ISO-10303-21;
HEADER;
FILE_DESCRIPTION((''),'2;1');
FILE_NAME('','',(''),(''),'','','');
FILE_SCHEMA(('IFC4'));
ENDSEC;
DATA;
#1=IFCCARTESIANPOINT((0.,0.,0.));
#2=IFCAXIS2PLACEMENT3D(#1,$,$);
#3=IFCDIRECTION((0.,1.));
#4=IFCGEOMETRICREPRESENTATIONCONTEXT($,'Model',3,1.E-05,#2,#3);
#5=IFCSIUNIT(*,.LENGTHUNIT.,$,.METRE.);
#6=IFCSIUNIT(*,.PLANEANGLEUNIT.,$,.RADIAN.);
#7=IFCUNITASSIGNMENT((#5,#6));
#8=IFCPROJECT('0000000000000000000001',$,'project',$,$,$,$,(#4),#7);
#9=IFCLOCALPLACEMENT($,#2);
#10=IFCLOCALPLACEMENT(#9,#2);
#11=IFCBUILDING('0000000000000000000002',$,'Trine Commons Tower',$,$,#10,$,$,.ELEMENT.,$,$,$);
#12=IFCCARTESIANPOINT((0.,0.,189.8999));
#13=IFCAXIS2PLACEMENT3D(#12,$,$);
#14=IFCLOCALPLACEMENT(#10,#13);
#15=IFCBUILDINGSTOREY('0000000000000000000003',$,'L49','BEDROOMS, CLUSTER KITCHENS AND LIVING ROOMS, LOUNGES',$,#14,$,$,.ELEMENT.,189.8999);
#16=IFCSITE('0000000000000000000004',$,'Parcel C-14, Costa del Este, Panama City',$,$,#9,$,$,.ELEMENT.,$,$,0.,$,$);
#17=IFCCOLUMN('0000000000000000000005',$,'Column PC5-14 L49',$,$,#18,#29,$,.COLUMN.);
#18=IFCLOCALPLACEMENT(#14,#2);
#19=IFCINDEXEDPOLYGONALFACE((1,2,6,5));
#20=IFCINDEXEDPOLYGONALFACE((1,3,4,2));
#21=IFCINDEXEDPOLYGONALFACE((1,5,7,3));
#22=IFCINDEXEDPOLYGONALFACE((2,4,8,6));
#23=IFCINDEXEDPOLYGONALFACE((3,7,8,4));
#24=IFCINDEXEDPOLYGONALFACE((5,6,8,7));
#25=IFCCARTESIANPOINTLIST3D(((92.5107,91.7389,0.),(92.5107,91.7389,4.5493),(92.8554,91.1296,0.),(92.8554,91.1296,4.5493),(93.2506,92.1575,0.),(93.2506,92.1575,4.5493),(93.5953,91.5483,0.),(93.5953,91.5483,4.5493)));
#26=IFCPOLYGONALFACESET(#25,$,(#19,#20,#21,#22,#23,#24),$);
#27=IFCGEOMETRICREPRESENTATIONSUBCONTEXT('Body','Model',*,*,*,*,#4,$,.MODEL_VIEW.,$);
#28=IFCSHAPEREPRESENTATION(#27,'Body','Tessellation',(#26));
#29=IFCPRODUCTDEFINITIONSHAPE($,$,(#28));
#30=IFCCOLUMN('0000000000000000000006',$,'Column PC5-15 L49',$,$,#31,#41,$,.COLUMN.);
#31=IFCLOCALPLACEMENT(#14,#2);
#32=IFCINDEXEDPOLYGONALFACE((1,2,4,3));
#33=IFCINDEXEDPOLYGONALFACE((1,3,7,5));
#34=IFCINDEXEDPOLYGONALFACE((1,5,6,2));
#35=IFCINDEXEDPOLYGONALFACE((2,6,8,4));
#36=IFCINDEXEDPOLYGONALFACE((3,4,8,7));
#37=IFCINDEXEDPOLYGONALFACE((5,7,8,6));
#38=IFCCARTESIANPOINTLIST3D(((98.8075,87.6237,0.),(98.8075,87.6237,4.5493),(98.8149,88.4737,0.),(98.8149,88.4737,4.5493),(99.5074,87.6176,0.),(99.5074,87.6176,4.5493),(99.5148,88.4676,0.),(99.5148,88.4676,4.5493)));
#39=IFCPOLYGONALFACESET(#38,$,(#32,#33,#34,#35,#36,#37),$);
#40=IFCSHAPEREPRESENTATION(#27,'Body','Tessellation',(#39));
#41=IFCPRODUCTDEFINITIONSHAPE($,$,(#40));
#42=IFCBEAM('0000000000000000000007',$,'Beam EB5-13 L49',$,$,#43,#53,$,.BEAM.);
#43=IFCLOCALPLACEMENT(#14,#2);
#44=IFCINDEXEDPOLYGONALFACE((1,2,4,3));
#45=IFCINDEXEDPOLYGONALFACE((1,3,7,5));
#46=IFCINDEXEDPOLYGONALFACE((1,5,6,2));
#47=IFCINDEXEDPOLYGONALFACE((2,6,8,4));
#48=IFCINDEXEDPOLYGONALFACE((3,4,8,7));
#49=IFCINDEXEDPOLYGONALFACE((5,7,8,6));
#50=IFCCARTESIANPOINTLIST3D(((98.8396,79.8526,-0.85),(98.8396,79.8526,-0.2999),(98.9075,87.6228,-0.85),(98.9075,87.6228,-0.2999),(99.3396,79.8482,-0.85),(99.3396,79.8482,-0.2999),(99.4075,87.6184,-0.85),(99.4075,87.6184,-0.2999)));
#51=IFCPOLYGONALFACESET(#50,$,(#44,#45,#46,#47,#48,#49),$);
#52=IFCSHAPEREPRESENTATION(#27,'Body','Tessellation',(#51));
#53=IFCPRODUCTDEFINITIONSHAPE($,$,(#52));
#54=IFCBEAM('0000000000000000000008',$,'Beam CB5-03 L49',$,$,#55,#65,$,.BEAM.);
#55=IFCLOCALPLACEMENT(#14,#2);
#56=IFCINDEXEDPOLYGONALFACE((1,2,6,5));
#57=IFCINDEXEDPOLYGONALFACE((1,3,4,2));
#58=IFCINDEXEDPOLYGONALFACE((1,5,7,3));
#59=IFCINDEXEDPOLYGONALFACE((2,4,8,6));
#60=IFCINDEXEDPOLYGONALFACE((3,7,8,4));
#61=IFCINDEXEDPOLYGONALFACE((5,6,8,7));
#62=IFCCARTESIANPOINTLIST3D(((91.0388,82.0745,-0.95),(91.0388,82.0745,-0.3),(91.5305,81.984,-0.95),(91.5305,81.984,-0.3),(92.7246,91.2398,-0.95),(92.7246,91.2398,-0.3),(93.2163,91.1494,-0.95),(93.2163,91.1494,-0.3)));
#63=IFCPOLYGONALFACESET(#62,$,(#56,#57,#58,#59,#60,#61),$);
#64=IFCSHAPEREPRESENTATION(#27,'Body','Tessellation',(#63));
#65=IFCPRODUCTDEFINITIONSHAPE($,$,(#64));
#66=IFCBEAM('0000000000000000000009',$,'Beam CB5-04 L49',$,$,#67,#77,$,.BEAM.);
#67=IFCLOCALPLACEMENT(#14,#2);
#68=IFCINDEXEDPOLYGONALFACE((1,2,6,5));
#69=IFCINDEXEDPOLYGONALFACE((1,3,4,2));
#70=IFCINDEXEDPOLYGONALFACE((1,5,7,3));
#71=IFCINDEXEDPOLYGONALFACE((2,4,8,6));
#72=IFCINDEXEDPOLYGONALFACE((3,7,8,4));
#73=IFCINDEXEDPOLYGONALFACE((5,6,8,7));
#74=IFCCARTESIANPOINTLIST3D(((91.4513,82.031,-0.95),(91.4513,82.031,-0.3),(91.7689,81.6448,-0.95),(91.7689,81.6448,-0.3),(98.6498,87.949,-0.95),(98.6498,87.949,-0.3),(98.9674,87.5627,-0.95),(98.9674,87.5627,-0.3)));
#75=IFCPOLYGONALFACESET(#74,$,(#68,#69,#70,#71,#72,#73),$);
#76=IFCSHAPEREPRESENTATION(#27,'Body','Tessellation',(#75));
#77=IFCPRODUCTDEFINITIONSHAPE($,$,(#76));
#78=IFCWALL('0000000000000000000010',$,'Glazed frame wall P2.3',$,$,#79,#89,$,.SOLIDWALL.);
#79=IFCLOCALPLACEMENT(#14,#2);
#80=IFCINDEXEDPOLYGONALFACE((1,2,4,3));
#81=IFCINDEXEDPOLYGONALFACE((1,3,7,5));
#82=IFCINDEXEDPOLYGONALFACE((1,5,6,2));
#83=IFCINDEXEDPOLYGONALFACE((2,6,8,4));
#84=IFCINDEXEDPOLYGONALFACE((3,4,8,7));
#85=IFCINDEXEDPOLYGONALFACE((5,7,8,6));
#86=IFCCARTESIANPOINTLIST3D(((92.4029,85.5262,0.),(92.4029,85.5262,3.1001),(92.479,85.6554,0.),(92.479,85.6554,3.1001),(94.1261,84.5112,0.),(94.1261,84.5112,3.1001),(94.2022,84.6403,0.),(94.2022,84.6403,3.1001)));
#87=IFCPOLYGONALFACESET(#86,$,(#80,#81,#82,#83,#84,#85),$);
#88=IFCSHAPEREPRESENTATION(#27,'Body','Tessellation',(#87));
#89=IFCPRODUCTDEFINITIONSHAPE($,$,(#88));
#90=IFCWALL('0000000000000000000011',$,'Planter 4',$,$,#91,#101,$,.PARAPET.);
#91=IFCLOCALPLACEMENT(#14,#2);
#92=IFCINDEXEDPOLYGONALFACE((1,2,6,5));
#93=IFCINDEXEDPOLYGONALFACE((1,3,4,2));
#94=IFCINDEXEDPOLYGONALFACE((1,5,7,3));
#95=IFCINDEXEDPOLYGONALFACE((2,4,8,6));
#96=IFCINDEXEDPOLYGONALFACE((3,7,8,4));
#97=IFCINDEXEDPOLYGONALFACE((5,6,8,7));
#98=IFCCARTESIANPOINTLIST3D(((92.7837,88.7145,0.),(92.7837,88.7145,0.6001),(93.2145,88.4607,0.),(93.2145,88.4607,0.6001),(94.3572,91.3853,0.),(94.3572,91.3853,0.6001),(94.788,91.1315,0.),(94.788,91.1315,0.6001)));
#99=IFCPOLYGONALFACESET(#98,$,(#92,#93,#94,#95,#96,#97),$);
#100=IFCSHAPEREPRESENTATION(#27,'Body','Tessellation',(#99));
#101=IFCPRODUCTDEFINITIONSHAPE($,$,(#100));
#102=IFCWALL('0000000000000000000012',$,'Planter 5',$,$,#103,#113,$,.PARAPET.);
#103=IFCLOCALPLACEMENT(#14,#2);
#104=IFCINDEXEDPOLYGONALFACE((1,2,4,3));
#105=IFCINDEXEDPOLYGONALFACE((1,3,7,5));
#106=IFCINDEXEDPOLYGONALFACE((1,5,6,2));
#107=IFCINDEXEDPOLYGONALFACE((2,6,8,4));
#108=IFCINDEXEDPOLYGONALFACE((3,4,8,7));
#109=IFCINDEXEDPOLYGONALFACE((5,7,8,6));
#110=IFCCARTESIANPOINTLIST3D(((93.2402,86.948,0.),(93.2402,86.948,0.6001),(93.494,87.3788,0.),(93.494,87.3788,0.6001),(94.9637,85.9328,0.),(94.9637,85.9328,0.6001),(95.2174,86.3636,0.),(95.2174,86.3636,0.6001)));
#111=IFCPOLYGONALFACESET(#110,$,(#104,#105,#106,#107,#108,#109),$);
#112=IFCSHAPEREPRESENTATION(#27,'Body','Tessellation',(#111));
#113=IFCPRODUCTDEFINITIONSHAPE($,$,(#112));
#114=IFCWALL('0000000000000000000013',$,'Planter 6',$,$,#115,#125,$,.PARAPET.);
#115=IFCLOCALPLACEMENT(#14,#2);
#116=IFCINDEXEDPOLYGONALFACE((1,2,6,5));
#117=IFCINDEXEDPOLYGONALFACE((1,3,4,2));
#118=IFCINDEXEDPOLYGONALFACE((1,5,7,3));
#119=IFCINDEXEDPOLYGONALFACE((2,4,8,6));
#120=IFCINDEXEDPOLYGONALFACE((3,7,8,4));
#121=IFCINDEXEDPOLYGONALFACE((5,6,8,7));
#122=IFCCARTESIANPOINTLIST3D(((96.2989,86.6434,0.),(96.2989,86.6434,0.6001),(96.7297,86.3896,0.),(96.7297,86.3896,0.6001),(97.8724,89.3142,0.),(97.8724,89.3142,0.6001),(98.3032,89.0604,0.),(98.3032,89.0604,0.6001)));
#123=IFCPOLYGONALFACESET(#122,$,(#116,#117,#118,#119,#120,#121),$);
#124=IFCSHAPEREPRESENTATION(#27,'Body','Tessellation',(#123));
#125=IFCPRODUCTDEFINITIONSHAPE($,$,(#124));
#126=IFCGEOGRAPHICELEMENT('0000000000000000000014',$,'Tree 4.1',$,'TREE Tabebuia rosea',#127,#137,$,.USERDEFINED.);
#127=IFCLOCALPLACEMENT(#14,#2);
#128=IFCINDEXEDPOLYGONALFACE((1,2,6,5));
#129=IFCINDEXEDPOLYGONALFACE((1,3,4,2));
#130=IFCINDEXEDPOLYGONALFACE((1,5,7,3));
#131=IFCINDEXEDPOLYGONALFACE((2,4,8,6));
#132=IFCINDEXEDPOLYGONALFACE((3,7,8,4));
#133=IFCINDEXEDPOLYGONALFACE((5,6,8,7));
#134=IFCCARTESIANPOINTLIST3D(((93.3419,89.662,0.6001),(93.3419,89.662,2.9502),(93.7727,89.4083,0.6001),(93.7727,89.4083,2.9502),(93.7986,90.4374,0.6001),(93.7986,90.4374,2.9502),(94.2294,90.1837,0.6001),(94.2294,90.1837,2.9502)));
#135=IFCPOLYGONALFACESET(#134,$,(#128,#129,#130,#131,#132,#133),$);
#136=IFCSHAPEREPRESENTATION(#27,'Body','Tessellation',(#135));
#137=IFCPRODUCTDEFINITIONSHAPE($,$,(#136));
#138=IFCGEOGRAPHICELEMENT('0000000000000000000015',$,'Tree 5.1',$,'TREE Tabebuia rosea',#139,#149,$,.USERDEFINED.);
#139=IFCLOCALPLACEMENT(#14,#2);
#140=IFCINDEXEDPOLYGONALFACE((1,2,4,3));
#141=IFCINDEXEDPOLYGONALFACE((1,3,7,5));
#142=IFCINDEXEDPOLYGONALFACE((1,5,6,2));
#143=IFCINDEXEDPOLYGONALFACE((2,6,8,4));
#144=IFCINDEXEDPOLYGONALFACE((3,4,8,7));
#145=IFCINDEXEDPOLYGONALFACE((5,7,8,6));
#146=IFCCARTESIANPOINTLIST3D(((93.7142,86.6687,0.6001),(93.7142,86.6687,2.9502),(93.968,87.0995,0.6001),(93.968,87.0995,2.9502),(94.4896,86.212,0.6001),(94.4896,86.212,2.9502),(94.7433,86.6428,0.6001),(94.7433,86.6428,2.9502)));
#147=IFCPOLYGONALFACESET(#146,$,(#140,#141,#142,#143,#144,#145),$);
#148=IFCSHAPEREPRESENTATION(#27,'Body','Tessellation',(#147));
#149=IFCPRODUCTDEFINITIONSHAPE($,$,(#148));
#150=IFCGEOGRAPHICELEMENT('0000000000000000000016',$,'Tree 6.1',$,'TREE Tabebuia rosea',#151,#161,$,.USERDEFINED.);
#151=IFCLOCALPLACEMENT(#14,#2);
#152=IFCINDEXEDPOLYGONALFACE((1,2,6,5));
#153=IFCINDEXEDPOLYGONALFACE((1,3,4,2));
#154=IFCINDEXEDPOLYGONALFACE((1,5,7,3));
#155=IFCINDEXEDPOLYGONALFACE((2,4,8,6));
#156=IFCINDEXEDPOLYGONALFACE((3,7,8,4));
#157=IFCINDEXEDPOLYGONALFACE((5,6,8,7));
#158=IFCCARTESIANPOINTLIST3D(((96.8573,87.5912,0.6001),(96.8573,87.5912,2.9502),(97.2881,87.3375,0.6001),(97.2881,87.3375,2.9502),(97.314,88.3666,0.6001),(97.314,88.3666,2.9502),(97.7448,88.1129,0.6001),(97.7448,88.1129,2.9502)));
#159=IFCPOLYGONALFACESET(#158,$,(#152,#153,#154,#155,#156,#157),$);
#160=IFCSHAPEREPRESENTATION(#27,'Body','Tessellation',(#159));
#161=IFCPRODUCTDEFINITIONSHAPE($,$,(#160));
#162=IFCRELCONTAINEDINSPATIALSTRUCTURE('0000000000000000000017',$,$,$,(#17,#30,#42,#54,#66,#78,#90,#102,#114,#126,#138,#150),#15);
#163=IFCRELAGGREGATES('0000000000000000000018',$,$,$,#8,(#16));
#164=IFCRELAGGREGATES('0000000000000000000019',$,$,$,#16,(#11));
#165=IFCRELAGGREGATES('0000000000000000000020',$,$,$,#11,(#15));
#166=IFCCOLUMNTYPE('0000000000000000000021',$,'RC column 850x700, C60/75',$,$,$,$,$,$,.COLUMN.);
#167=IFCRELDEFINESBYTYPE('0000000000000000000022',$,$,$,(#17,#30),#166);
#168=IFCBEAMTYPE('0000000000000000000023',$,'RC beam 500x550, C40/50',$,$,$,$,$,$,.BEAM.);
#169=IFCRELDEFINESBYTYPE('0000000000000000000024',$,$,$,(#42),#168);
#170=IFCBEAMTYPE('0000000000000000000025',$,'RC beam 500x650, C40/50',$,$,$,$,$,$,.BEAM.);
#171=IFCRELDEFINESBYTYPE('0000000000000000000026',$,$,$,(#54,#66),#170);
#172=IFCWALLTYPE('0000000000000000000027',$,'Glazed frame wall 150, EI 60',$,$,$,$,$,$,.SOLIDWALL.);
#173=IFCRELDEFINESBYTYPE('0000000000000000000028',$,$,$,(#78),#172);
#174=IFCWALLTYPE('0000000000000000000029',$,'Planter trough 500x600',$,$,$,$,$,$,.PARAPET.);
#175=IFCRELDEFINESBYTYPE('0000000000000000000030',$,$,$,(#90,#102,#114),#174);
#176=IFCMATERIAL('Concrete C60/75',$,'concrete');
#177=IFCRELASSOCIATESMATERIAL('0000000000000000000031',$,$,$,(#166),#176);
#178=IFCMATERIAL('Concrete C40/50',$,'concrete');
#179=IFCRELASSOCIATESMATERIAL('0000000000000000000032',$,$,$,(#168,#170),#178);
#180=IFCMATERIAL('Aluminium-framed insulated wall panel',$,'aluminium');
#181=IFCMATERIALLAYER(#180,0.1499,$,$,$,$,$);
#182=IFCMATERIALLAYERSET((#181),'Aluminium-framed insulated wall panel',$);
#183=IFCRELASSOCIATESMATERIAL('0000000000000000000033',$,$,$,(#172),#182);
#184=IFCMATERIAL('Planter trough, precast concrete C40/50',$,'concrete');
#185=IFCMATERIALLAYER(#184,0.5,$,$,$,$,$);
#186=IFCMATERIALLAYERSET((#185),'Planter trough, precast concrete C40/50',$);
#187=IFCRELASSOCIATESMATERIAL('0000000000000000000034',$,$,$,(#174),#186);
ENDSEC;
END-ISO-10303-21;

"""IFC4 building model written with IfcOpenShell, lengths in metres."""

from ifc_helpers import new_model, si_unit, direction, frame, frame_2d, origin, origin_2d, place, context, subcontext, project, spatial, polyline, rectangle, outline, extrude, material, layer, layer_set, material_profile, profile_set, type_object, element, save


model = new_model("IFC4")

# Units and contexts
model_context = context("Model", 3, precision=1e-05, world=origin(), true_north=direction((0.0, 1.0)))
body_context = subcontext(model_context, "Body", "Model", "MODEL_VIEW")
ifc_project = project(units=[si_unit("LENGTHUNIT", "METRE"), si_unit("PLANEANGLEUNIT", "RADIAN")], contexts=[model_context])

# Site, building, storey
site_placement = place(None, origin())
site = spatial("IfcSite", under=ifc_project, at=site_placement, Name="Parcel C-14, Costa del Este, Panama City", CompositionType="ELEMENT", RefElevation=0.0)
building_placement = place(site_placement, origin())
building = spatial("IfcBuilding", under=site, at=building_placement, Name="Trine Commons Tower", CompositionType="ELEMENT")
storey_placement = place(building_placement, frame((0.0, 0.0, 189.8999)))
storey = spatial("IfcBuildingStorey", under=building, at=storey_placement, Name="L49", Description="BEDROOMS, CLUSTER KITCHENS AND LIVING ROOMS, LOUNGES", CompositionType="ELEMENT", Elevation=189.8999)

# Columns
ifc_material_1 = material(Name="Concrete C60/75", Category="concrete")
ifc_material_profile_1 = material_profile(ifc_material_1, rectangle(XDim=0.8501, YDim=0.7, at=origin_2d()), Name="RC 850x700")
ifc_profile_set_1 = profile_set([ifc_material_profile_1], Name="Concrete C60/75")
column_type = type_object("IfcColumnType", Name="RC column 850x700, C60/75", PredefinedType="COLUMN", material=ifc_profile_set_1)
for number, where, z_axis, x_axis, name in (
    (1, (93.053, 91.6436, 0.0), (0.0, 0.0, 1.0), (0.870356, 0.492424, 0.0), "Column PC5-14 L49"),
    (2, (99.1611, 88.0457, 0.0), (0.0, 0.0, 1.0), (0.008727, 0.999962, 0.0), "Column PC5-15 L49"),
):
    element("IfcColumn", number, at=place(storey_placement, frame(where, z_axis=z_axis, x_axis=x_axis)), inside=storey, type_object=column_type, Name=name, PredefinedType="COLUMN", context=body_context, shape_type="SweptSolid", body=[
        extrude(rectangle(XDim=0.8501, YDim=0.7, at=origin_2d()), origin(), (0.0, 0.0, 1.0), 4.5493),
    ])

# Beams
ifc_material_2 = material(Name="Concrete C40/50", Category="concrete")
ifc_material_profile_2 = material_profile(ifc_material_2, rectangle(XDim=0.5, YDim=0.55, at=origin_2d()), Name="RC 500x550")
ifc_profile_set_2 = profile_set([ifc_material_profile_2], Name="Concrete C40/50")
beam_type_1 = type_object("IfcBeamType", Name="RC beam 500x550, C40/50", PredefinedType="BEAM", material=ifc_profile_set_2)
beam_1_placement = place(storey_placement, frame((99.1575, 87.6206, -0.575), z_axis=(-0.008734, -0.999962, 0.0), x_axis=(0.999962, -0.008734, 0.0)))
element("IfcBeam", 3, at=beam_1_placement, inside=storey, type_object=beam_type_1, Name="Beam EB5-13 L49", PredefinedType="BEAM", context=body_context, shape_type="SweptSolid", body=[
    extrude(rectangle(XDim=0.5, YDim=0.55, at=origin_2d()), origin(), (0.0, 0.0, 1.0), 7.7705),
])
ifc_material_profile_3 = material_profile(ifc_material_2, rectangle(XDim=0.5, YDim=0.6499, at=origin_2d()), Name="RC 500x650")
ifc_profile_set_3 = profile_set([ifc_material_profile_3], Name="Concrete C40/50")
beam_type_2 = type_object("IfcBeamType", Name="RC beam 500x650, C40/50", PredefinedType="BEAM", material=ifc_profile_set_3)
beam_2_placement = place(storey_placement, frame((92.9705, 91.1946, -0.625), z_axis=(-0.180898, -0.983502, 0.0), x_axis=(0.983502, -0.180898, 0.0)))
element("IfcBeam", 4, at=beam_2_placement, inside=storey, type_object=beam_type_2, Name="Beam CB5-03 L49", PredefinedType="BEAM", context=body_context, shape_type="SweptSolid", body=[
    extrude(rectangle(XDim=0.5, YDim=0.6499, at=origin_2d()), origin(), (0.0, 0.0, 1.0), 9.3191),
])
beam_3_placement = place(storey_placement, frame((98.8086, 87.7559, -0.625), z_axis=(-0.772467, -0.635055, 0.0), x_axis=(0.635055, -0.772467, 0.0)))
element("IfcBeam", 5, at=beam_3_placement, inside=storey, type_object=beam_type_2, Name="Beam CB5-04 L49", PredefinedType="BEAM", context=body_context, shape_type="SweptSolid", body=[
    extrude(rectangle(XDim=0.5, YDim=0.6499, at=origin_2d()), origin(), (0.0, 0.0, 1.0), 9.3188),
])

# Walls
ifc_material_3 = material(Name="Aluminium-framed insulated wall panel", Category="aluminium")
ifc_layer_1 = layer(ifc_material_3, 0.1499)
ifc_layer_set_1 = layer_set([ifc_layer_1], Name="Aluminium-framed insulated wall panel")
wall_type_1 = type_object("IfcWallType", Name="Glazed frame wall 150, EI 60", PredefinedType="SOLIDWALL", material=ifc_layer_set_1)
wall_1_placement = place(storey_placement, frame((92.4409, 85.5908, 0.0), z_axis=(0.0, 0.0, 1.0), x_axis=(0.861633, -0.507532, 0.0)))
element("IfcWall", 6, at=wall_1_placement, inside=storey, type_object=wall_type_1, Name="Glazed frame wall P2.3", PredefinedType="SOLIDWALL", context=body_context, shape_type="SweptSolid", body=[
    extrude(outline(polyline([(0.0, -0.075), (2.0, -0.075), (2.0, 0.075), (0.0, 0.075), (0.0, -0.075)])), origin(), (0.0, 0.0, 1.0), 3.1001),
])
ifc_material_4 = material(Name="Planter trough, precast concrete C40/50", Category="concrete")
ifc_layer_2 = layer(ifc_material_4, 0.5)
ifc_layer_set_2 = layer_set([ifc_layer_2], Name="Planter trough, precast concrete C40/50")
wall_type_2 = type_object("IfcWallType", Name="Planter trough 500x600", PredefinedType="PARAPET", material=ifc_layer_set_2)
wall_2_placement = place(storey_placement, frame((94.5725, 91.2583, 0.0), z_axis=(0.0, 0.0, 1.0), x_axis=(-0.507588, -0.8616, 0.0)))
element("IfcWall", 7, at=wall_2_placement, inside=storey, type_object=wall_type_2, Name="Planter 4", PredefinedType="PARAPET", context=body_context, shape_type="SweptSolid", body=[
    extrude(rectangle(XDim=3.0999, YDim=0.5, at=frame_2d((1.5498, 0.0))), origin(), (0.0, 0.0, 1.0), 0.6001),
])
wall_3_placement = place(storey_placement, frame((93.3672, 87.1633, 0.0), z_axis=(0.0, 0.0, 1.0), x_axis=(0.861633, -0.507532, 0.0)))
element("IfcWall", 8, at=wall_3_placement, inside=storey, type_object=wall_type_2, Name="Planter 5", PredefinedType="PARAPET", context=body_context, shape_type="SweptSolid", body=[
    extrude(rectangle(XDim=2.0002, YDim=0.5, at=frame_2d((1.0, 0.0))), origin(), (0.0, 0.0, 1.0), 0.6001),
])
wall_4_placement = place(storey_placement, frame((96.5144, 86.5166, 0.0), z_axis=(0.0, 0.0, 1.0), x_axis=(0.507588, 0.8616, 0.0)))
element("IfcWall", 9, at=wall_4_placement, inside=storey, type_object=wall_type_2, Name="Planter 6", PredefinedType="PARAPET", context=body_context, shape_type="SweptSolid", body=[
    extrude(rectangle(XDim=3.0999, YDim=0.5, at=frame_2d((1.5498, 0.0))), origin(), (0.0, 0.0, 1.0), 0.6001),
])

# Geographic elements
for number, where, z_axis, x_axis, name in (
    (10, (93.7856, 89.9229, 0.6001), (0.0, 0.0, 1.0), (-0.50754, -0.861628, 0.0), "Tree 4.1"),
    (11, (94.2288, 86.6558, 0.6001), (0.0, 0.0, 1.0), (0.861628, -0.50754, 0.0), "Tree 5.1"),
    (12, (97.301, 87.8521, 0.6001), (0.0, 0.0, 1.0), (0.50754, 0.861628, 0.0), "Tree 6.1"),
):
    element("IfcGeographicElement", number, at=place(storey_placement, frame(where, z_axis=z_axis, x_axis=x_axis)), inside=storey, Name=name, ObjectType="TREE Tabebuia rosea", PredefinedType="USERDEFINED", context=body_context, shape_type="SweptSolid", body=[
        extrude(rectangle(XDim=0.8999, YDim=0.5, at=origin_2d()), origin(), (0.0, 0.0, 1.0), 2.3501),
    ])

save(model, "model.ifc")
